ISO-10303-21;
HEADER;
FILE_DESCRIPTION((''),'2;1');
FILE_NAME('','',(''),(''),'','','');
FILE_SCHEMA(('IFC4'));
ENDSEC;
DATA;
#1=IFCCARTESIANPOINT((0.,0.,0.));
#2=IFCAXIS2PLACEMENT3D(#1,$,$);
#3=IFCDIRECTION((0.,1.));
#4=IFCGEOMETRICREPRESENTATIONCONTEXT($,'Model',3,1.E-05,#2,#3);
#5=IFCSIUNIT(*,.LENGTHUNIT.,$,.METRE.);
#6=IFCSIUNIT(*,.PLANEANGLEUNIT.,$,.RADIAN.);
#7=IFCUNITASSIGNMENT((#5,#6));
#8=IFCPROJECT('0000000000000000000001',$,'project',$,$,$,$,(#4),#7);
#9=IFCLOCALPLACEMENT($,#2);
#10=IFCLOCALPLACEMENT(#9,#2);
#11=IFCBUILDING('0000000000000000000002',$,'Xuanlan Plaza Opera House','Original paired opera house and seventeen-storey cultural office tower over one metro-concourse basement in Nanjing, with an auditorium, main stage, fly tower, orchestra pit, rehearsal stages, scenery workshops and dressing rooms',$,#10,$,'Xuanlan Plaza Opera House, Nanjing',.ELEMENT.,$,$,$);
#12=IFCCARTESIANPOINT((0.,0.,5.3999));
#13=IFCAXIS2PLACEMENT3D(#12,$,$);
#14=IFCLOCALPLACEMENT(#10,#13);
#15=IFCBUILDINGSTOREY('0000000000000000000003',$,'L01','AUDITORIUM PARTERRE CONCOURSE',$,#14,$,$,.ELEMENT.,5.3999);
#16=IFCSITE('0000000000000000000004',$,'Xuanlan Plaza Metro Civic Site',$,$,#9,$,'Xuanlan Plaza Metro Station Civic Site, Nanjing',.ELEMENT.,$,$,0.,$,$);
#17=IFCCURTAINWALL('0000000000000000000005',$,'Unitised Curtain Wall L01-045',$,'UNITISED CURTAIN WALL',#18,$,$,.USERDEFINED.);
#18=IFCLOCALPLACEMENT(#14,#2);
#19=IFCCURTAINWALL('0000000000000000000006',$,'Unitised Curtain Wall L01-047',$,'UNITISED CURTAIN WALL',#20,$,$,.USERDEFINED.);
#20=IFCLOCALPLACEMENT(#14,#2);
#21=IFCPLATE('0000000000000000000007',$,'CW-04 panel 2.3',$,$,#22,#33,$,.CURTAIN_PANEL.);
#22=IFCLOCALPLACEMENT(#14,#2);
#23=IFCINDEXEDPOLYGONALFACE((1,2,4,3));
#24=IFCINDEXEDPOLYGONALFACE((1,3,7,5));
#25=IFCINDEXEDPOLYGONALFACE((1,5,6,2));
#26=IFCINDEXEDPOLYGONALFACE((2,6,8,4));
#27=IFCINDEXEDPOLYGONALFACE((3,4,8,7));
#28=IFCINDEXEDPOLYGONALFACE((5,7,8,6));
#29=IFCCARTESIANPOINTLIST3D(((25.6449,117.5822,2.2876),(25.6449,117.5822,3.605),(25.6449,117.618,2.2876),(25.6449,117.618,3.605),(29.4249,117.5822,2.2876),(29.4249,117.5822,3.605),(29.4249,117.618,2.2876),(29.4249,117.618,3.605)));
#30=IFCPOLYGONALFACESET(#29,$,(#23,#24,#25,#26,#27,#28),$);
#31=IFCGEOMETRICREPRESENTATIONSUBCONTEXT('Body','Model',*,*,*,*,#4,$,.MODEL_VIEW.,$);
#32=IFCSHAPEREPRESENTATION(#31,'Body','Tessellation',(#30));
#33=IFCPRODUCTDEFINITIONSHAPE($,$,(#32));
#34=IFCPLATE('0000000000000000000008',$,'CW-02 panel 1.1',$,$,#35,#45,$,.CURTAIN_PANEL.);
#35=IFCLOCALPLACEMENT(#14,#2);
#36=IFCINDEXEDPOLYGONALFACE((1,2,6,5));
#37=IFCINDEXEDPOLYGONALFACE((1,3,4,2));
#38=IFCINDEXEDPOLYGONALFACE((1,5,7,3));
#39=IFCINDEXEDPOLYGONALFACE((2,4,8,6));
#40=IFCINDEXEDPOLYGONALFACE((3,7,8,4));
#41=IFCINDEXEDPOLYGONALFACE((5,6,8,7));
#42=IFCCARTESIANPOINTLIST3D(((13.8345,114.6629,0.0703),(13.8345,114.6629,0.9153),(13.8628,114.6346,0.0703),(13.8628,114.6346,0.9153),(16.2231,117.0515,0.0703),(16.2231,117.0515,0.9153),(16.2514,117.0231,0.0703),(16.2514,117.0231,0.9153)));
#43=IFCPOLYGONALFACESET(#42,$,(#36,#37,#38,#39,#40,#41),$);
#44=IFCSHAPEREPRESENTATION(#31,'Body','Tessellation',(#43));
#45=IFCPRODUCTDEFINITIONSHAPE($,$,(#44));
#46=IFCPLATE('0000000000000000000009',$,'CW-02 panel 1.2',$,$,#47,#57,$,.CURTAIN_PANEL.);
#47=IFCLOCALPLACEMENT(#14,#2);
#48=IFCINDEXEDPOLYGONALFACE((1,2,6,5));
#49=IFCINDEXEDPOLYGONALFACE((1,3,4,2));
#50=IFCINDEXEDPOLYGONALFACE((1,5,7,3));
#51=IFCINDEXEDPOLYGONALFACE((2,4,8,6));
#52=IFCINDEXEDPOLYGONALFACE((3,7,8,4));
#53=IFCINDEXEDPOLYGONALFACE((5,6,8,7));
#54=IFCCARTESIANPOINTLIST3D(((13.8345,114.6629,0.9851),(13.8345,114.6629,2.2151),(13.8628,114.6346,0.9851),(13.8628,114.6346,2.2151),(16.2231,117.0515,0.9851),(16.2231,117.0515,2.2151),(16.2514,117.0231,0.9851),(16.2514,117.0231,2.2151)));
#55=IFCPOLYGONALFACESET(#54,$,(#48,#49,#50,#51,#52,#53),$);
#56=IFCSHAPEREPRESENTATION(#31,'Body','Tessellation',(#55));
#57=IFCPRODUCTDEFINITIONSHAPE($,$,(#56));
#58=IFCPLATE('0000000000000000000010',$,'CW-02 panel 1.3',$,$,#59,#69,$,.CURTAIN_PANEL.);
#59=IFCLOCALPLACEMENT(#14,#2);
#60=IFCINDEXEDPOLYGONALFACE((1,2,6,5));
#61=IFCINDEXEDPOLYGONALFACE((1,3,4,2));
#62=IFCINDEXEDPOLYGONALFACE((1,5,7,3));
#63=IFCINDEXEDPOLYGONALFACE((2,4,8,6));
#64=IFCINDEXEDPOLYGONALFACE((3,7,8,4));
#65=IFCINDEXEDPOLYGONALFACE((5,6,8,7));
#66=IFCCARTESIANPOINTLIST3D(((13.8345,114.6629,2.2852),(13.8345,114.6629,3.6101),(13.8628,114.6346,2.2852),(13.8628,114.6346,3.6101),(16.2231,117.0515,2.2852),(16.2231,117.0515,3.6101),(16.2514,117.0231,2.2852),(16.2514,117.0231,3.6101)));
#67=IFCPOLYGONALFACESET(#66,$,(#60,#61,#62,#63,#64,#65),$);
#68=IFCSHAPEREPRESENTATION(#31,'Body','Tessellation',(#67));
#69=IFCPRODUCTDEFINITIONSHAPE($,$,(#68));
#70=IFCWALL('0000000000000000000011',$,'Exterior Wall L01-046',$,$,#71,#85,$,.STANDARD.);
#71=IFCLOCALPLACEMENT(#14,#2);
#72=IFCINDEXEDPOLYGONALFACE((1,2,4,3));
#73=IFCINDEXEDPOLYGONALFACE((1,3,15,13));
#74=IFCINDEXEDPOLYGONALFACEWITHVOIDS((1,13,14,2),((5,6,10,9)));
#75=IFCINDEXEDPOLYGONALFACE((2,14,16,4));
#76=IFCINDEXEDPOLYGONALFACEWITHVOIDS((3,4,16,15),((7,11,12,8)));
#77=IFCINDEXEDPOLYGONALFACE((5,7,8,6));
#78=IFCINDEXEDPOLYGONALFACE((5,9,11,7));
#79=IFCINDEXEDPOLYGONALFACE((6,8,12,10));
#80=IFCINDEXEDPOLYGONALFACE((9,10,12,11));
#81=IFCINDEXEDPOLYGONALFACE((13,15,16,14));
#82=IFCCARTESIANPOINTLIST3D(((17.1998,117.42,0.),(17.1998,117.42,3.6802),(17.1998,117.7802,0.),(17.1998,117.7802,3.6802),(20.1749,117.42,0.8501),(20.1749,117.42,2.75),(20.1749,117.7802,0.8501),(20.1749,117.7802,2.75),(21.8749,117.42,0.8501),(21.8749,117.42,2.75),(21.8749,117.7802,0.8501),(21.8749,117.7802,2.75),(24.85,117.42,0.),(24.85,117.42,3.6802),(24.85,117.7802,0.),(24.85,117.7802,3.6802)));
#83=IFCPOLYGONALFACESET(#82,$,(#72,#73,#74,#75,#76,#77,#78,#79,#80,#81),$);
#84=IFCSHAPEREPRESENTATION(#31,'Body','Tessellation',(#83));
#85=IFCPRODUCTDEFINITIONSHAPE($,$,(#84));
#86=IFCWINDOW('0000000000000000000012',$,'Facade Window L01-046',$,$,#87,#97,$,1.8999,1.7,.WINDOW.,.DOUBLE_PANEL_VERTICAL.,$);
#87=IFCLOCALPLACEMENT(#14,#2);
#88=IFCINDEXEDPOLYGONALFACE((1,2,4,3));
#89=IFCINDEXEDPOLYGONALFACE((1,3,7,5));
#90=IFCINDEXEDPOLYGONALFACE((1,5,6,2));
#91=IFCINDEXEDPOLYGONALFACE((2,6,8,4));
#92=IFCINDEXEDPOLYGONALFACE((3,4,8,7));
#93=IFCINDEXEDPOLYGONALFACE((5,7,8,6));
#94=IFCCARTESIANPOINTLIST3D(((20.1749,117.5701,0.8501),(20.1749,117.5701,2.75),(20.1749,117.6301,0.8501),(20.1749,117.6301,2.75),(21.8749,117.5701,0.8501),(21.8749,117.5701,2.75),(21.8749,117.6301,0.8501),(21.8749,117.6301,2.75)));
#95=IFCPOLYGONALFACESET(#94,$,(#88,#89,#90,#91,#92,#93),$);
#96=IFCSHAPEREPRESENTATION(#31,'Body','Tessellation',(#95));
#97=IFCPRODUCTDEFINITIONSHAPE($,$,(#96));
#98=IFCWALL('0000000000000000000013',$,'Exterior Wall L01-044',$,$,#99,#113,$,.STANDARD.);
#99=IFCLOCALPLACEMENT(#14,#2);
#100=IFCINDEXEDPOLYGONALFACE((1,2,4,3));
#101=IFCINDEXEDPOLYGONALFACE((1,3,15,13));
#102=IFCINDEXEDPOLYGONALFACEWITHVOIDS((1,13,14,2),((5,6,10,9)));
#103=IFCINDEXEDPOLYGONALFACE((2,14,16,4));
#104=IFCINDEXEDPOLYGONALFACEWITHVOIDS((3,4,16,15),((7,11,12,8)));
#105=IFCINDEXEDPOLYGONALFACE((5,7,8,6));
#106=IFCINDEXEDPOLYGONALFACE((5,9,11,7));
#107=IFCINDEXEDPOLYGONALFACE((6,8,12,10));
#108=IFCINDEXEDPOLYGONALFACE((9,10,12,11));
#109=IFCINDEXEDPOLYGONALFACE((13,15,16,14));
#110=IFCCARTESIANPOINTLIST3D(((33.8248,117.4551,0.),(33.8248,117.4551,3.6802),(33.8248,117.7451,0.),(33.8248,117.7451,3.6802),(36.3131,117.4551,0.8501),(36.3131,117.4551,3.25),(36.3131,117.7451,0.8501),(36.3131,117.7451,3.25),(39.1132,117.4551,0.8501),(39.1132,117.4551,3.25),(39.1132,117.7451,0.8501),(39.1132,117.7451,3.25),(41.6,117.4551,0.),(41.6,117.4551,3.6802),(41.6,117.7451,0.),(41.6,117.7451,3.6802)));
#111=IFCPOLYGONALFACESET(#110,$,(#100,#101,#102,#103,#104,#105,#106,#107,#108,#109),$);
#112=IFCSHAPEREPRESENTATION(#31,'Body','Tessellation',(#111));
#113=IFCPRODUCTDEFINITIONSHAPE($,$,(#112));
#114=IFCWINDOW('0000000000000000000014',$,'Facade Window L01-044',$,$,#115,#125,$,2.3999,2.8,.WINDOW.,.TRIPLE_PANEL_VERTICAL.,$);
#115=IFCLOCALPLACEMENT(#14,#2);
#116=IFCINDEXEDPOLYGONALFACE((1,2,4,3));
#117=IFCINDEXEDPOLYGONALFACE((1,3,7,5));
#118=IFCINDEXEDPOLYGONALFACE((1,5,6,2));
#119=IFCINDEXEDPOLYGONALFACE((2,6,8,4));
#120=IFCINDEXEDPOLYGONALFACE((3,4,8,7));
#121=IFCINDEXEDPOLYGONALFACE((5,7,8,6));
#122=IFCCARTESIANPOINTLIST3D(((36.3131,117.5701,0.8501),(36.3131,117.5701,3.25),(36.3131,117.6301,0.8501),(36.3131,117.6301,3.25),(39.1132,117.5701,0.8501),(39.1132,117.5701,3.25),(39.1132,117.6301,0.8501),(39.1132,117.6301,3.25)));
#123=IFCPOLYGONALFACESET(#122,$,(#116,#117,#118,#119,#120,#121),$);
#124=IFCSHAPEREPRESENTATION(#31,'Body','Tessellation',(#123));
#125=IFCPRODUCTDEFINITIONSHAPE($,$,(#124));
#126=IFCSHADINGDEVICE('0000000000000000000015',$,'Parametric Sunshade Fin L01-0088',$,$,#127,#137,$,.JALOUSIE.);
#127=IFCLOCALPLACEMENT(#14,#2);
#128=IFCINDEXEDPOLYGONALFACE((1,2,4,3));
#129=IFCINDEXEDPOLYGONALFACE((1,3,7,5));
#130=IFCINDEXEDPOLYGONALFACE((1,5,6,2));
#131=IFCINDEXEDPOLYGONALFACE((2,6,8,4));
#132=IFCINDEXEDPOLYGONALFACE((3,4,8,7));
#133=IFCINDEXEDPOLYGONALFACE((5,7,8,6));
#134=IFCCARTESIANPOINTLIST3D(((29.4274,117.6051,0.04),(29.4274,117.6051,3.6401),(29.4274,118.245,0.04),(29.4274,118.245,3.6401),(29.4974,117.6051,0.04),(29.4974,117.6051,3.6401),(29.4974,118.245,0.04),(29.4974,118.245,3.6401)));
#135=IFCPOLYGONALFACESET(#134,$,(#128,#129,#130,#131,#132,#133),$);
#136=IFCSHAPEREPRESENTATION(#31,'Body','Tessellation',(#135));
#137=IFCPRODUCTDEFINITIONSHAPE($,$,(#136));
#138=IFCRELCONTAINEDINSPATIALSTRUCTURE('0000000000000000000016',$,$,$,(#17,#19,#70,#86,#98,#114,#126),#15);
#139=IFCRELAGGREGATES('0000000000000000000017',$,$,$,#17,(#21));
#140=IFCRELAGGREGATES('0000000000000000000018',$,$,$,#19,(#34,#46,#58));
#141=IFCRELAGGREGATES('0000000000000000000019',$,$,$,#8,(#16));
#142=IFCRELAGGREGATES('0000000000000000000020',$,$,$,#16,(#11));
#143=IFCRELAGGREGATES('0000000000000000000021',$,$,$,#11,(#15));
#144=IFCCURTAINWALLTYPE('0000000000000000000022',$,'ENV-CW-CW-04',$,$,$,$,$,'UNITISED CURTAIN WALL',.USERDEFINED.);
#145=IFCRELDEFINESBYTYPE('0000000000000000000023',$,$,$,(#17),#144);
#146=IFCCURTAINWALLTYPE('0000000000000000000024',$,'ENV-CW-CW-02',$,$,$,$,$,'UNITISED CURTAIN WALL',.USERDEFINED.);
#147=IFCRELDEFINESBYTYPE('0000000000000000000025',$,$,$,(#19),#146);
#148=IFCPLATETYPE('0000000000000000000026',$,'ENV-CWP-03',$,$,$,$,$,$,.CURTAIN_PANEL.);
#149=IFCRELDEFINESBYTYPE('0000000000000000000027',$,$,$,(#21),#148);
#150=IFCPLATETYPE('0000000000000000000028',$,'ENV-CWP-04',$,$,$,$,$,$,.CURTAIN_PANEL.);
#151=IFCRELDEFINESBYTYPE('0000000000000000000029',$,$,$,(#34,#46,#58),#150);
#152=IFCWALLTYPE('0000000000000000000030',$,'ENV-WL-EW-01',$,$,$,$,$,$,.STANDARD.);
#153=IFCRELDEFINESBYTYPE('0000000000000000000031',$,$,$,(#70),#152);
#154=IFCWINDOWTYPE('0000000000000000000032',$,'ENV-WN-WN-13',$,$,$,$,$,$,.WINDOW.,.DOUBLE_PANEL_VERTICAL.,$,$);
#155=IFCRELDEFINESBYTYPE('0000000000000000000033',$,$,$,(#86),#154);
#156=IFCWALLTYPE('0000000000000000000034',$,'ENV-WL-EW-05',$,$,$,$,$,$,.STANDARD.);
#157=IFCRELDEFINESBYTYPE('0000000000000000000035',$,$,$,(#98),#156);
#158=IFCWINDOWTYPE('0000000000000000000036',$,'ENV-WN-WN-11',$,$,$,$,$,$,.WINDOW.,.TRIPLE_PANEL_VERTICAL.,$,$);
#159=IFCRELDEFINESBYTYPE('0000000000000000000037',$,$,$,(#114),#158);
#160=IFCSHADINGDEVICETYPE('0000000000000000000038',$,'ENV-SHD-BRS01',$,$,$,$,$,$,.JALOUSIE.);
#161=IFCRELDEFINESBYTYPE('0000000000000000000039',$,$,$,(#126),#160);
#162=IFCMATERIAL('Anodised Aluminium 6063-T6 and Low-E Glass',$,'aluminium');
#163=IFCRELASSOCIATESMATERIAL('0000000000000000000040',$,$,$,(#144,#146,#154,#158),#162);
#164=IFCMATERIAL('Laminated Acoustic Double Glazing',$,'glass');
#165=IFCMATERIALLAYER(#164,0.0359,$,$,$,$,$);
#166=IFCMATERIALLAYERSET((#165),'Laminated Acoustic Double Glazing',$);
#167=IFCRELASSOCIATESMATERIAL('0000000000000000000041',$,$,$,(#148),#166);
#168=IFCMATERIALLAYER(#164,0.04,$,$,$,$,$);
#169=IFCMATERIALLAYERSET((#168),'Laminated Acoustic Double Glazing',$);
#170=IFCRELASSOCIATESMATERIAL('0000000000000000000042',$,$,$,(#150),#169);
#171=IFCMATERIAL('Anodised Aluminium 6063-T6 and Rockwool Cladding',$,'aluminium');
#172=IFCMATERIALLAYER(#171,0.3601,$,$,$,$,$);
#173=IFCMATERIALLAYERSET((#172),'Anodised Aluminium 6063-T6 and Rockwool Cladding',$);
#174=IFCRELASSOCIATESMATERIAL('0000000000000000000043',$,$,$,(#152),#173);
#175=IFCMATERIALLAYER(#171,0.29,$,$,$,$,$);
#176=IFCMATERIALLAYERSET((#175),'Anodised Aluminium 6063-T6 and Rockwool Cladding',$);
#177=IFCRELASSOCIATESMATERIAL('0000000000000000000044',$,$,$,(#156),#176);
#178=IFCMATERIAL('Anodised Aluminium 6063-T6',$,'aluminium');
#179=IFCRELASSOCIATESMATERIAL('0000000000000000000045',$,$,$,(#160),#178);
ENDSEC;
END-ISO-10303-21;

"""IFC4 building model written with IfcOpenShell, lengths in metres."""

from ifc_helpers import new_model, si_unit, direction, frame, frame_2d, origin, origin_2d, place, context, subcontext, project, spatial, rectangle, extrude, material, layer, layer_set, type_object, element, fill, aggregate, save


model = new_model("IFC4")

# Units and contexts
model_context = context("Model", 3, precision=1e-05, world=origin(), true_north=direction((0.0, 1.0)))
body_context = subcontext(model_context, "Body", "Model", "MODEL_VIEW")
ifc_project = project(units=[si_unit("LENGTHUNIT", "METRE"), si_unit("PLANEANGLEUNIT", "RADIAN")], contexts=[model_context])

# Site, building, storey
site_placement = place(None, origin())
site = spatial("IfcSite", under=ifc_project, at=site_placement, Name="Xuanlan Plaza Metro Civic Site", LongName="Xuanlan Plaza Metro Station Civic Site, Nanjing", CompositionType="ELEMENT", RefElevation=0.0)
building_placement = place(site_placement, origin())
building = spatial("IfcBuilding", under=site, at=building_placement, Name="Xuanlan Plaza Opera House", Description="Original paired opera house and seventeen-storey cultural office tower over one metro-concourse basement in Nanjing, with an auditorium, main stage, fly tower, orchestra pit, rehearsal stages, scenery workshops and dressing rooms", LongName="Xuanlan Plaza Opera House, Nanjing", CompositionType="ELEMENT")
storey_placement = place(building_placement, frame((0.0, 0.0, 5.3999)))
storey = spatial("IfcBuildingStorey", under=building, at=storey_placement, Name="L01", Description="AUDITORIUM PARTERRE CONCOURSE", CompositionType="ELEMENT", Elevation=5.3999)

# Curtain walls
ifc_material_1 = material(Name="Anodised Aluminium 6063-T6 and Low-E Glass", Category="aluminium")
curtain_wall_type_1 = type_object("IfcCurtainWallType", Name="ENV-CW-CW-04", ElementType="UNITISED CURTAIN WALL", PredefinedType="USERDEFINED", material=ifc_material_1)
curtain_wall_1_placement = place(storey_placement, origin())
curtain_wall_1 = element("IfcCurtainWall", 1, at=curtain_wall_1_placement, inside=storey, type_object=curtain_wall_type_1, Name="Unitised Curtain Wall L01-045", ObjectType="UNITISED CURTAIN WALL", PredefinedType="USERDEFINED")
ifc_material_2 = material(Name="Anodised Aluminium 6063-T6", Category="aluminium")
curtain_wall_type_2 = type_object("IfcCurtainWallType", Name="ENV-CW-CW-02", ElementType="UNITISED CURTAIN WALL", PredefinedType="USERDEFINED", material=ifc_material_1)
curtain_wall_2_placement = place(storey_placement, origin())
curtain_wall_2 = element("IfcCurtainWall", 2, at=curtain_wall_2_placement, inside=storey, type_object=curtain_wall_type_2, Name="Unitised Curtain Wall L01-047", ObjectType="UNITISED CURTAIN WALL", PredefinedType="USERDEFINED")

# Plates
ifc_material_3 = material(Name="Laminated Acoustic Double Glazing", Category="glass")
ifc_layer_1 = layer(ifc_material_3, 0.0359)
ifc_layer_set_1 = layer_set([ifc_layer_1], Name="Laminated Acoustic Double Glazing")
plate_type_1 = type_object("IfcPlateType", Name="ENV-CWP-03", PredefinedType="CURTAIN_PANEL", material=ifc_layer_set_1)
plate_1_placement = place(storey_placement, frame((27.5349, 117.6001, 2.2876), z_axis=(0.0, 0.0, 1.0), x_axis=(-1.0, 0.0, 0.0)))
plate_1 = element("IfcPlate", 3, at=plate_1_placement, type_object=plate_type_1, Name="CW-04 panel 2.3", PredefinedType="CURTAIN_PANEL", context=body_context, shape_type="SweptSolid", body=[
    extrude(rectangle(XDim=3.78, YDim=0.0359, at=origin_2d()), origin(), (0.0, 0.0, 1.0), 1.3174),
])
aggregate(curtain_wall_1, [plate_1])
ifc_layer_2 = layer(ifc_material_3, 0.04)
ifc_layer_set_2 = layer_set([ifc_layer_2], Name="Laminated Acoustic Double Glazing")
plate_type_2 = type_object("IfcPlateType", Name="ENV-CWP-04", PredefinedType="CURTAIN_PANEL", material=ifc_layer_set_2)
plate_2_placement = place(storey_placement, frame((15.043, 115.843, 0.0703), z_axis=(0.0, 0.0, 1.0), x_axis=(-0.707107, -0.707107, 0.0)))
plate_2 = element("IfcPlate", 4, at=plate_2_placement, type_object=plate_type_2, Name="CW-02 panel 1.1", PredefinedType="CURTAIN_PANEL", context=body_context, shape_type="SweptSolid", body=[
    extrude(rectangle(XDim=3.3779, YDim=0.04, at=origin_2d()), origin(), (0.0, 0.0, 1.0), 0.845),
])
plate_3_placement = place(storey_placement, frame((15.043, 115.843, 0.9851), z_axis=(0.0, 0.0, 1.0), x_axis=(-0.707107, -0.707107, 0.0)))
plate_3 = element("IfcPlate", 5, at=plate_3_placement, type_object=plate_type_2, Name="CW-02 panel 1.2", PredefinedType="CURTAIN_PANEL", context=body_context, shape_type="SweptSolid", body=[
    extrude(rectangle(XDim=3.3779, YDim=0.04, at=origin_2d()), origin(), (0.0, 0.0, 1.0), 1.23),
])
plate_4_placement = place(storey_placement, frame((15.043, 115.843, 2.2852), z_axis=(0.0, 0.0, 1.0), x_axis=(-0.707107, -0.707107, 0.0)))
plate_4 = element("IfcPlate", 6, at=plate_4_placement, type_object=plate_type_2, Name="CW-02 panel 1.3", PredefinedType="CURTAIN_PANEL", context=body_context, shape_type="SweptSolid", body=[
    extrude(rectangle(XDim=3.3779, YDim=0.04, at=origin_2d()), origin(), (0.0, 0.0, 1.0), 1.325),
])
aggregate(curtain_wall_2, [plate_2, plate_3, plate_4])

# Walls, openings, windows
ifc_material_4 = material(Name="Anodised Aluminium 6063-T6 and Rockwool Cladding", Category="aluminium")
ifc_layer_3 = layer(ifc_material_4, 0.3601)
ifc_layer_set_3 = layer_set([ifc_layer_3], Name="Anodised Aluminium 6063-T6 and Rockwool Cladding")
wall_type_1 = type_object("IfcWallType", Name="ENV-WL-EW-01", PredefinedType="STANDARD", material=ifc_layer_set_3)
wall_1_placement = place(storey_placement, frame((24.8501, 117.6001, 0.0), z_axis=(0.0, 0.0, 1.0), x_axis=(-1.0, 0.0, 0.0)))
wall_1 = element("IfcWall", 7, at=wall_1_placement, inside=storey, type_object=wall_type_1, Name="Exterior Wall L01-046", PredefinedType="STANDARD", context=body_context, shape_type="SweptSolid", body=[
    extrude(rectangle(XDim=7.6501, YDim=0.3601, at=frame_2d((3.8252, 0.0))), origin(), (0.0, 0.0, 1.0), 3.6802),
])
opening_1_placement = place(wall_1_placement, frame((2.9751, 0.0, 0.8501)))
opening_1 = element("IfcOpeningElement", 8, at=opening_1_placement, cuts=wall_1, PredefinedType="OPENING", context=body_context, shape_type="SweptSolid", body=[
    extrude(rectangle(XDim=1.7, YDim=1.8999, at=frame_2d((0.8501, 0.95))), frame((0.0, 0.1899, 0.0), z_axis=(0.0, -1.0, 0.0), x_axis=(1.0, 0.0, 0.0)), (0.0, 0.0, 1.0), 0.3801),
])
window_type_1 = type_object("IfcWindowType", Name="ENV-WN-WN-13", PartitioningType="DOUBLE_PANEL_VERTICAL", PredefinedType="WINDOW", material=ifc_material_1)
window_1_placement = place(opening_1_placement, origin())
window_1 = element("IfcWindow", 9, at=window_1_placement, inside=storey, type_object=window_type_1, Name="Facade Window L01-046", OverallHeight=1.8999, OverallWidth=1.7, PartitioningType="DOUBLE_PANEL_VERTICAL", PredefinedType="WINDOW", context=body_context, shape_type="SweptSolid", body=[
    extrude(rectangle(XDim=1.7, YDim=1.8999, at=frame_2d((0.8501, 0.95))), frame((0.0, 0.03, 0.0), z_axis=(0.0, -1.0, 0.0), x_axis=(1.0, 0.0, 0.0)), (0.0, 0.0, 1.0), 0.0601),
])
fill(opening_1, window_1)
ifc_layer_4 = layer(ifc_material_4, 0.29)
ifc_layer_set_4 = layer_set([ifc_layer_4], Name="Anodised Aluminium 6063-T6 and Rockwool Cladding")
wall_type_2 = type_object("IfcWallType", Name="ENV-WL-EW-05", PredefinedType="STANDARD", material=ifc_layer_set_4)
wall_2_placement = place(storey_placement, frame((41.6001, 117.6001, 0.0), z_axis=(0.0, 0.0, 1.0), x_axis=(-1.0, 0.0, 0.0)))
wall_2 = element("IfcWall", 10, at=wall_2_placement, inside=storey, type_object=wall_type_2, Name="Exterior Wall L01-044", PredefinedType="STANDARD", context=body_context, shape_type="SweptSolid", body=[
    extrude(rectangle(XDim=7.7751, YDim=0.29, at=frame_2d((3.8877, 0.0))), origin(), (0.0, 0.0, 1.0), 3.6802),
])
opening_2_placement = place(wall_2_placement, frame((2.4871, 0.0, 0.8501)))
opening_2 = element("IfcOpeningElement", 11, at=opening_2_placement, cuts=wall_2, PredefinedType="OPENING", context=body_context, shape_type="SweptSolid", body=[
    extrude(rectangle(XDim=2.8, YDim=2.3999, at=frame_2d((1.3999, 1.2))), frame((0.0, 0.155, 0.0), z_axis=(0.0, -1.0, 0.0), x_axis=(1.0, 0.0, 0.0)), (0.0, 0.0, 1.0), 0.3101),
])
window_type_2 = type_object("IfcWindowType", Name="ENV-WN-WN-11", PartitioningType="TRIPLE_PANEL_VERTICAL", PredefinedType="WINDOW", material=ifc_material_1)
window_2_placement = place(opening_2_placement, origin())
window_2 = element("IfcWindow", 12, at=window_2_placement, inside=storey, type_object=window_type_2, Name="Facade Window L01-044", OverallHeight=2.3999, OverallWidth=2.8, PartitioningType="TRIPLE_PANEL_VERTICAL", PredefinedType="WINDOW", context=body_context, shape_type="SweptSolid", body=[
    extrude(rectangle(XDim=2.8, YDim=2.3999, at=frame_2d((1.3999, 1.2))), frame((0.0, 0.03, 0.0), z_axis=(0.0, -1.0, 0.0), x_axis=(1.0, 0.0, 0.0)), (0.0, 0.0, 1.0), 0.0601),
])
fill(opening_2, window_2)

# Shading device
shading_device_type = type_object("IfcShadingDeviceType", Name="ENV-SHD-BRS01", PredefinedType="JALOUSIE", material=ifc_material_2)
shading_device_placement = place(storey_placement, frame((29.4624, 117.925, 0.04), z_axis=(0.0, 0.0, 1.0), x_axis=(0.0, 1.0, 0.0)))
element("IfcShadingDevice", 13, at=shading_device_placement, inside=storey, type_object=shading_device_type, Name="Parametric Sunshade Fin L01-0088", PredefinedType="JALOUSIE", context=body_context, shape_type="SweptSolid", body=[
    extrude(rectangle(XDim=0.6399, YDim=0.0701, at=origin_2d()), origin(), (0.0, 0.0, 1.0), 3.6001),
])

save(model, "model.ifc")
